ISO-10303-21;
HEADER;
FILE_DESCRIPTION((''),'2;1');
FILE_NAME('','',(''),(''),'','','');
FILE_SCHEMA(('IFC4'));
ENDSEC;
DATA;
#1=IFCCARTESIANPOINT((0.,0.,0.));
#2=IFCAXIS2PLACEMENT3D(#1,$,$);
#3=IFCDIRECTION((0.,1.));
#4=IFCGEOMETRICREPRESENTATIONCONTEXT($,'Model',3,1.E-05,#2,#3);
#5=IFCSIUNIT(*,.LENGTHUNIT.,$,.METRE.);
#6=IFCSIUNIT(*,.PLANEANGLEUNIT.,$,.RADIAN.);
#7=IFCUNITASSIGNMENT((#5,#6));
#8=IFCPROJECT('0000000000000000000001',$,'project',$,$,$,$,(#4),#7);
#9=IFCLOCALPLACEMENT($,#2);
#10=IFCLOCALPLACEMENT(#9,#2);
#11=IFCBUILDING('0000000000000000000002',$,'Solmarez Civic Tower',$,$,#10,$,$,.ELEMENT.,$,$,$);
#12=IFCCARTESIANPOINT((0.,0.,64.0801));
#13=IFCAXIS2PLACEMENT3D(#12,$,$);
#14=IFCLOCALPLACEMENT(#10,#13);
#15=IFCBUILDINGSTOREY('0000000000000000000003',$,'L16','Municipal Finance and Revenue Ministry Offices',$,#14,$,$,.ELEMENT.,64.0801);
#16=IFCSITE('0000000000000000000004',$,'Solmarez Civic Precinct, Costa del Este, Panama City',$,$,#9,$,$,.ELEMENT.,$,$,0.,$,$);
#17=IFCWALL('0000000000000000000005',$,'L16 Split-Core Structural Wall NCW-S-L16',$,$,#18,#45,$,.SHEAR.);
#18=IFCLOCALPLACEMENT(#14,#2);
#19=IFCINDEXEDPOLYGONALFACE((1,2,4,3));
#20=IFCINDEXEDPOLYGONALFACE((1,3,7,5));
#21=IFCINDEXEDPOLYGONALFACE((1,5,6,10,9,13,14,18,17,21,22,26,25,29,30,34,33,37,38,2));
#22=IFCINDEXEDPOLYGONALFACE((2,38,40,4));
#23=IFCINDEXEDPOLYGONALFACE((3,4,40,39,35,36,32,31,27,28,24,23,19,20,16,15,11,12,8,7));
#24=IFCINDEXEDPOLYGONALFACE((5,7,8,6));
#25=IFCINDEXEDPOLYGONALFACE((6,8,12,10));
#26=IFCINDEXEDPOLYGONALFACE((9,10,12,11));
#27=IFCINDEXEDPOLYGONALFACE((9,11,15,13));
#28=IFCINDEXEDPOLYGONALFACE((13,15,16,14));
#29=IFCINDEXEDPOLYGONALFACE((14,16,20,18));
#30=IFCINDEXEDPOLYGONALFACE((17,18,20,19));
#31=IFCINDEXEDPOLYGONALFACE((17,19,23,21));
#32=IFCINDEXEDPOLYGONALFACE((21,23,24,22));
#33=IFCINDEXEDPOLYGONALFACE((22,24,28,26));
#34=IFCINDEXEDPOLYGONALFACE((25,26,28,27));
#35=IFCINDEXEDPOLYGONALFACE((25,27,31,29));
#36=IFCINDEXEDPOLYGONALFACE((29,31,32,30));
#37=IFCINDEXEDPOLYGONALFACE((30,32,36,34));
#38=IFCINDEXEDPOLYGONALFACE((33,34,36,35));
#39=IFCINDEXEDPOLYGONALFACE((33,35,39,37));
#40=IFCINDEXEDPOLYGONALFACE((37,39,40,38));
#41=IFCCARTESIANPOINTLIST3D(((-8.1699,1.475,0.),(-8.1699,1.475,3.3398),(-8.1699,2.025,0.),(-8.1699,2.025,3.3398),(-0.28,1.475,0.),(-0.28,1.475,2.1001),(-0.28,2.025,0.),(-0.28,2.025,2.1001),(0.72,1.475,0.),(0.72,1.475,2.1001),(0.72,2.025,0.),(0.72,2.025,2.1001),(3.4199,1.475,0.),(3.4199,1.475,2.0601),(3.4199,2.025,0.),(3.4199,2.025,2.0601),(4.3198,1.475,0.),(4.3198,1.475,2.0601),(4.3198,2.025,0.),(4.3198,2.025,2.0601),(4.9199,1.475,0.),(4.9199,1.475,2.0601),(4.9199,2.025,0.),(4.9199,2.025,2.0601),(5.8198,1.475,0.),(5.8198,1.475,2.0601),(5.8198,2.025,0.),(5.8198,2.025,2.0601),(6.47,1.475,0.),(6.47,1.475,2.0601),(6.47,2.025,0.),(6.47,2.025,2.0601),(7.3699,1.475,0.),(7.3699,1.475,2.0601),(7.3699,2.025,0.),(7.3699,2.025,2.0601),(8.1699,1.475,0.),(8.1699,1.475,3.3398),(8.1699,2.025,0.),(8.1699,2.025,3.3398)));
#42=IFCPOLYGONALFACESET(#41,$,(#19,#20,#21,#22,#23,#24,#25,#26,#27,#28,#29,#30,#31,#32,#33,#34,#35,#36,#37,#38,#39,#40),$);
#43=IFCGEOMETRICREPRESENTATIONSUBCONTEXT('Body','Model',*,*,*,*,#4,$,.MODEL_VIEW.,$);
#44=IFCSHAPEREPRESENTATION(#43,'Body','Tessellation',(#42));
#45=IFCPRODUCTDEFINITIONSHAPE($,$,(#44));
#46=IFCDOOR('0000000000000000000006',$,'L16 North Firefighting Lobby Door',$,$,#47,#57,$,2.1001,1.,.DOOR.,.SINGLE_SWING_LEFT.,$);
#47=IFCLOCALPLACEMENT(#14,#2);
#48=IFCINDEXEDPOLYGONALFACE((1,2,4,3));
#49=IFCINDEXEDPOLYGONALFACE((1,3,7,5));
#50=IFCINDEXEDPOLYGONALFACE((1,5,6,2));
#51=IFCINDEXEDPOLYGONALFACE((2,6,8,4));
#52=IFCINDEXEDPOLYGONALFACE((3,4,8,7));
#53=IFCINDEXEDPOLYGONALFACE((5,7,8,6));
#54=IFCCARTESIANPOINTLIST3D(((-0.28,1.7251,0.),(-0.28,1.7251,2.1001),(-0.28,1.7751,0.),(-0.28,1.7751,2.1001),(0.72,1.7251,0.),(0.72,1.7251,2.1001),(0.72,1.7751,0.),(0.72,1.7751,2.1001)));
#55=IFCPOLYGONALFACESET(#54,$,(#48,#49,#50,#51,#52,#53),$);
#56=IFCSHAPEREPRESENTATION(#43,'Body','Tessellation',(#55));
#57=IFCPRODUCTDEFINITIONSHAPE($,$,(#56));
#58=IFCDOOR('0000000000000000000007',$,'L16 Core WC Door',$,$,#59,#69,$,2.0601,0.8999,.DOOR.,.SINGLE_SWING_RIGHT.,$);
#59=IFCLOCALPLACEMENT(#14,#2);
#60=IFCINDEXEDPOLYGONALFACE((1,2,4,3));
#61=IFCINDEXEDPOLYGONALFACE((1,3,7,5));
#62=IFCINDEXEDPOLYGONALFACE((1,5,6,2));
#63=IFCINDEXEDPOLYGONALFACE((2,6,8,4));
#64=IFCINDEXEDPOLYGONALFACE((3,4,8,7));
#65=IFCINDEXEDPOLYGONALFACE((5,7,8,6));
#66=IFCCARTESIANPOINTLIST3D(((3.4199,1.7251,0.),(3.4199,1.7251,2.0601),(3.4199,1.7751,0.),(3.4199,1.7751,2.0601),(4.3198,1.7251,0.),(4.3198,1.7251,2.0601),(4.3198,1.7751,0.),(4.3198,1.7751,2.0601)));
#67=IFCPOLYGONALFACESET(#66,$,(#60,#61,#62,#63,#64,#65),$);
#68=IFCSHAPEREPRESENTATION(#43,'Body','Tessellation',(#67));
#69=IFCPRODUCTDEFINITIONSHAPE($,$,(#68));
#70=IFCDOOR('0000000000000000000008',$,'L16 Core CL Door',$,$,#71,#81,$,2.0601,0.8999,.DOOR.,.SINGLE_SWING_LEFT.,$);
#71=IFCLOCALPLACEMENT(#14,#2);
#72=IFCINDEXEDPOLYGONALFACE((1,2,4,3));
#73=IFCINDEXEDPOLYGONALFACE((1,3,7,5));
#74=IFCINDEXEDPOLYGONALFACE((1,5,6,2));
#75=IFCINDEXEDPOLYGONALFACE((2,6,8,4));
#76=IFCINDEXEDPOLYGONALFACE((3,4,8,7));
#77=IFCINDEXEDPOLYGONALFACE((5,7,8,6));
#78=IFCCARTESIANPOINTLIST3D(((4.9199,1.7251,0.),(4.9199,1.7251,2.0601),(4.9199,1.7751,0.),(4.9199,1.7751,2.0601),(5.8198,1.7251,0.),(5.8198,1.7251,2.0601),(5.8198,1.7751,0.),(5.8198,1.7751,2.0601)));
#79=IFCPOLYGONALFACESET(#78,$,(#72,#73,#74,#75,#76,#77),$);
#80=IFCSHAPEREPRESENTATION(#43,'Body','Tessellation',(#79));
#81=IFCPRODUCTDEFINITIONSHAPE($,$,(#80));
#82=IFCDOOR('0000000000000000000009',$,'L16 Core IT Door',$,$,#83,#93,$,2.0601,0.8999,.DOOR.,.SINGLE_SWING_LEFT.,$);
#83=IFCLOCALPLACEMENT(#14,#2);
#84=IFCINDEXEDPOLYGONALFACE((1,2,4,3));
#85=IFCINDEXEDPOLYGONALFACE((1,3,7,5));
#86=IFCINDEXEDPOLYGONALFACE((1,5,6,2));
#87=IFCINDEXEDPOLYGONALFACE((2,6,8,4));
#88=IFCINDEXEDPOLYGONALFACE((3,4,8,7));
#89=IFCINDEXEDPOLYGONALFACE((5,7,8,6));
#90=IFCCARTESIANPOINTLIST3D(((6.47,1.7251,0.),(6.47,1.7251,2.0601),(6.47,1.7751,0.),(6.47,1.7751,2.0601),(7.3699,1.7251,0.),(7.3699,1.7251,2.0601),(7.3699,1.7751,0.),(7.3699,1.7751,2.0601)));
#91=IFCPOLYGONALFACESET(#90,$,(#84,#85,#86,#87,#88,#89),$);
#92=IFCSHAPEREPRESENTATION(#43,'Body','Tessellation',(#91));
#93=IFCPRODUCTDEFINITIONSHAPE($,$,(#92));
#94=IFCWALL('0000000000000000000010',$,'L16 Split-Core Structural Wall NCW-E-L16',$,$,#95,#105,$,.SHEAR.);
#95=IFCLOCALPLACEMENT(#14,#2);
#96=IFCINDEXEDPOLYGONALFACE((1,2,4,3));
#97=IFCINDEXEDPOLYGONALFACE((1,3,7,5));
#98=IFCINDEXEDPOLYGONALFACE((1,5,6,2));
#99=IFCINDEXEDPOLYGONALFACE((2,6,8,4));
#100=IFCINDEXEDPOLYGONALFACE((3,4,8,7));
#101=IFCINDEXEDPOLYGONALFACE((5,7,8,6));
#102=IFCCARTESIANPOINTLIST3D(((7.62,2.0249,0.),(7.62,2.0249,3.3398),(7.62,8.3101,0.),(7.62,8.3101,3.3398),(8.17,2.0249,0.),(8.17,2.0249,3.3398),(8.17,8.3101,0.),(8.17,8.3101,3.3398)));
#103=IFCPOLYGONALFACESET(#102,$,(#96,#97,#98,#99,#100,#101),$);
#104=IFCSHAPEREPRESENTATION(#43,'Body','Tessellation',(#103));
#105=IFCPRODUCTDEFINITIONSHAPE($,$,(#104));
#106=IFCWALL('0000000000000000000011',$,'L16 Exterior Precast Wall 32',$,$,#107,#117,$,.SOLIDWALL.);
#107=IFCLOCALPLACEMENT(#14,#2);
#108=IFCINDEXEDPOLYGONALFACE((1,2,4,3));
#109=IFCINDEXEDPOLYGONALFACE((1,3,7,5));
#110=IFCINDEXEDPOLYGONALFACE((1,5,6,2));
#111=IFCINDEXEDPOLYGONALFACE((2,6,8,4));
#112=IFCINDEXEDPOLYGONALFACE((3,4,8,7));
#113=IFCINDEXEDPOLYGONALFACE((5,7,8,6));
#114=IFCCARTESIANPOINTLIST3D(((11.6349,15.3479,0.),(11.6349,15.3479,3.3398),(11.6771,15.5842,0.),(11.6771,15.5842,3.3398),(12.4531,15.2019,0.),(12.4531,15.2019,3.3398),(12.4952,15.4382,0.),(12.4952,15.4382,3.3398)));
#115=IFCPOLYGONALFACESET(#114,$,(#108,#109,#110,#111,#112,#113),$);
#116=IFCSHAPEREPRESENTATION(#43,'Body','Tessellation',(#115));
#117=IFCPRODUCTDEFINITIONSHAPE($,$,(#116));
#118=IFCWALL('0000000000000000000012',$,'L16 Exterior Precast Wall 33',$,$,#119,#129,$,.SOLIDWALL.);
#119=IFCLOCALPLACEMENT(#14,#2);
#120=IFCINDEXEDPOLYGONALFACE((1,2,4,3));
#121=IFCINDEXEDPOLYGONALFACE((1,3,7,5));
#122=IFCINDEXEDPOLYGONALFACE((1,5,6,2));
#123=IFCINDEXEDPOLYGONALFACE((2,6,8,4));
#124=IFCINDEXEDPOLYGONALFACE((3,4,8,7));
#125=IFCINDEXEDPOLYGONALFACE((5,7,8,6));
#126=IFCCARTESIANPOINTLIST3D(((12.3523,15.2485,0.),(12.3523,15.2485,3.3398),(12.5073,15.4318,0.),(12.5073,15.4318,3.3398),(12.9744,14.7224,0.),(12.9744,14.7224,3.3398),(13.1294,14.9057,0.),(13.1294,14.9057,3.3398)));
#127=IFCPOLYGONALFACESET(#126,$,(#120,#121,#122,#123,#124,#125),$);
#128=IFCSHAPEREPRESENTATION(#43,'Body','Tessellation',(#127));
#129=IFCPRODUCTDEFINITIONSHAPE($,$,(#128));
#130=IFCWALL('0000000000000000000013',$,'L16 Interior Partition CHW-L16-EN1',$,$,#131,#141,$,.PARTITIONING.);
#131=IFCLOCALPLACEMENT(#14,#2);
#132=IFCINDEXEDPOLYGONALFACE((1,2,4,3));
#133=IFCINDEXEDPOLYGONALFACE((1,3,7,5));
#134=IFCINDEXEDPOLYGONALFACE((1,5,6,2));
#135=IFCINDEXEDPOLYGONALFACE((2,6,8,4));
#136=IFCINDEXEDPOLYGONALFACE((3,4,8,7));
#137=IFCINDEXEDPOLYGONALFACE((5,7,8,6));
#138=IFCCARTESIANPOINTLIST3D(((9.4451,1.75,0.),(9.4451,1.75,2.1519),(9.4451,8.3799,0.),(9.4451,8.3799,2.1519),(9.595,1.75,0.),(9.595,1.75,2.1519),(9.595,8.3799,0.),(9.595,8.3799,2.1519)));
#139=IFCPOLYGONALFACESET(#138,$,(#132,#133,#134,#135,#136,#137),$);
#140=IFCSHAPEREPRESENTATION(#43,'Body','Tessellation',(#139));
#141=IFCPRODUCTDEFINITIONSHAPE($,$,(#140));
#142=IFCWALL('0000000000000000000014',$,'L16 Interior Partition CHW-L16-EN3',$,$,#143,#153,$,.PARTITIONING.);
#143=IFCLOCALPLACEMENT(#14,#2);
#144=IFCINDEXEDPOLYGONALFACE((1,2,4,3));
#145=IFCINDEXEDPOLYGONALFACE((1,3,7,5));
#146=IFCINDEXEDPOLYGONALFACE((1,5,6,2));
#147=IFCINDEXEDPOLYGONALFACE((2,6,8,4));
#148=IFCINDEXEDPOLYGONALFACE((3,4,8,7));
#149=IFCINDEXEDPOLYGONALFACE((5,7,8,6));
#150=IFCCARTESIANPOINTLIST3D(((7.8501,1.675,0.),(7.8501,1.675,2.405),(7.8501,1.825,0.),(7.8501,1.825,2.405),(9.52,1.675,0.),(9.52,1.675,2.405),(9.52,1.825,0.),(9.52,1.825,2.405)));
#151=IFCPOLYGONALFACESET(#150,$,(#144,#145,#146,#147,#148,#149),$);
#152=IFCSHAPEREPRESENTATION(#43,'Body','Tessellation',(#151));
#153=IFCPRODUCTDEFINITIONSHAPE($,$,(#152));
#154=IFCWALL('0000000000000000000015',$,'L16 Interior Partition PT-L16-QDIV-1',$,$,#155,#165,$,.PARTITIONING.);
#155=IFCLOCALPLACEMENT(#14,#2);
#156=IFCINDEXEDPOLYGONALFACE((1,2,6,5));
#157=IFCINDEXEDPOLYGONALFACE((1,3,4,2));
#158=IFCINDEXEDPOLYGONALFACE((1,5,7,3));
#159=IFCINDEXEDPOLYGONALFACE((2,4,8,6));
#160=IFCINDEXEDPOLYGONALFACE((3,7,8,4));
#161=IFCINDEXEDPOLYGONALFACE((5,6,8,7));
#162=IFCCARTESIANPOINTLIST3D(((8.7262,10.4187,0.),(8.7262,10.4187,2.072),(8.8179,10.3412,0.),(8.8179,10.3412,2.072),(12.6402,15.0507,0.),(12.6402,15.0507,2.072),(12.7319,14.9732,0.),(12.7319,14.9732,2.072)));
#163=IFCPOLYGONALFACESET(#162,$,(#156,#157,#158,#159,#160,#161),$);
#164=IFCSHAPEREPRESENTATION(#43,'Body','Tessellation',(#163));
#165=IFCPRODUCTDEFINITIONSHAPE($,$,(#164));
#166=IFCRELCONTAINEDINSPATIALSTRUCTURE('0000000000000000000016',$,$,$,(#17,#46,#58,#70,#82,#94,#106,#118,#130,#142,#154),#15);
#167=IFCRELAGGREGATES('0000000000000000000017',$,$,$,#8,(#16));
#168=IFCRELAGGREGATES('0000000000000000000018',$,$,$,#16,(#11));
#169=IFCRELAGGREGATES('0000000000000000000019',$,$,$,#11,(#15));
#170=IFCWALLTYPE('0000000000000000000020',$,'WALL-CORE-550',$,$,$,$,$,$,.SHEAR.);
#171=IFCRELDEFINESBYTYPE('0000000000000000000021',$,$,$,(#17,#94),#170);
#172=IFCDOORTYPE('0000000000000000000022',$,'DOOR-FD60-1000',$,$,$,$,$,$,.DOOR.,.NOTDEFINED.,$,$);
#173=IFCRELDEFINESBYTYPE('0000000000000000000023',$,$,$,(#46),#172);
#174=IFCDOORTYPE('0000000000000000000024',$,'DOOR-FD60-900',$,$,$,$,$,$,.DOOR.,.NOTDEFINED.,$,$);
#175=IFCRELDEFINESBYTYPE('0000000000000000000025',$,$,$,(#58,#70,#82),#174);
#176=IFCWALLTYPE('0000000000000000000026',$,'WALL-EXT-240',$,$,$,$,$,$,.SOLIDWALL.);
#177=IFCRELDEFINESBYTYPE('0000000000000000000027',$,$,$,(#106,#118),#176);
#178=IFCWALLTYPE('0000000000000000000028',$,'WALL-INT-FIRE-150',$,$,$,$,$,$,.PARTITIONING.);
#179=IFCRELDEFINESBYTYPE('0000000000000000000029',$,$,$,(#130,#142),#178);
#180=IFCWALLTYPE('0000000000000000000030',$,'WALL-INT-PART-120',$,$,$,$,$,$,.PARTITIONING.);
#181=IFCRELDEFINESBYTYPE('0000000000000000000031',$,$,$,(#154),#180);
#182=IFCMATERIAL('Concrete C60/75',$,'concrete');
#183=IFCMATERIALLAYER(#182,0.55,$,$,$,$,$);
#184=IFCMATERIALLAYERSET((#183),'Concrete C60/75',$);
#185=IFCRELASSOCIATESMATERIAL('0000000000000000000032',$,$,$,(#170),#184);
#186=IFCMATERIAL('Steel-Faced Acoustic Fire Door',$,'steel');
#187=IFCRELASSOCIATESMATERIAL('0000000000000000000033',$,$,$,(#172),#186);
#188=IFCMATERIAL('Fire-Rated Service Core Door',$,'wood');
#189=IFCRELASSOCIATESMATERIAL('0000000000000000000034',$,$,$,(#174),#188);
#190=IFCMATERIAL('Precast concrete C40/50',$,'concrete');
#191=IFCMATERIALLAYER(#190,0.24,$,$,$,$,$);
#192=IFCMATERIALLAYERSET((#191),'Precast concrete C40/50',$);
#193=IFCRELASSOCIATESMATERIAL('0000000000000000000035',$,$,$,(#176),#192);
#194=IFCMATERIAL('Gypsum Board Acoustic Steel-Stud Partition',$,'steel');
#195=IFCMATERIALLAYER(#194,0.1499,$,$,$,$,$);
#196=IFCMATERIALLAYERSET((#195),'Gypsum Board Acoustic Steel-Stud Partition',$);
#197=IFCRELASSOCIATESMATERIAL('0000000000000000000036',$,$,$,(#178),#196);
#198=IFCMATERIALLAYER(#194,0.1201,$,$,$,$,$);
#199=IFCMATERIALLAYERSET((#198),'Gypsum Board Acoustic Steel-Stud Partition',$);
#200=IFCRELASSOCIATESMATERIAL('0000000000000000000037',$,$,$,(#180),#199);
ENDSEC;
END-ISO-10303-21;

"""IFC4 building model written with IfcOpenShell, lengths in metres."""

from ifc_helpers import new_model, si_unit, direction, frame, frame_2d, origin, place, context, subcontext, project, spatial, rectangle, extrude, material, layer, layer_set, type_object, element, fill, save


model = new_model("IFC4")

# Units and contexts
model_context = context("Model", 3, precision=1e-05, world=origin(), true_north=direction((0.0, 1.0)))
body_context = subcontext(model_context, "Body", "Model", "MODEL_VIEW")
ifc_project = project(units=[si_unit("LENGTHUNIT", "METRE"), si_unit("PLANEANGLEUNIT", "RADIAN")], contexts=[model_context])

# Site, building, storey
site_placement = place(None, origin())
site = spatial("IfcSite", under=ifc_project, at=site_placement, Name="Solmarez Civic Precinct, Costa del Este, Panama City", CompositionType="ELEMENT", RefElevation=0.0)
building_placement = place(site_placement, origin())
building = spatial("IfcBuilding", under=site, at=building_placement, Name="Solmarez Civic Tower", CompositionType="ELEMENT")
storey_placement = place(building_placement, frame((0.0, 0.0, 64.0801)))
storey = spatial("IfcBuildingStorey", under=building, at=storey_placement, Name="L16", Description="Municipal Finance and Revenue Ministry Offices", CompositionType="ELEMENT", Elevation=64.0801)

# Shared definitions
ifc_material_1 = material(Name="Concrete C60/75", Category="concrete")

# Wall, openings, doors
ifc_layer_1 = layer(ifc_material_1, 0.55)
ifc_layer_set_1 = layer_set([ifc_layer_1], Name="Concrete C60/75")
wall_type_1 = type_object("IfcWallType", Name="WALL-CORE-550", PredefinedType="SHEAR", material=ifc_layer_set_1)
wall_1_placement = place(storey_placement, frame((8.1699, 1.75, 0.0), z_axis=(0.0, 0.0, 1.0), x_axis=(-1.0, 0.0, 0.0)))
wall_1 = element("IfcWall", 1, at=wall_1_placement, inside=storey, type_object=wall_type_1, Name="L16 Split-Core Structural Wall NCW-S-L16", PredefinedType="SHEAR", context=body_context, shape_type="SweptSolid", body=[
    extrude(rectangle(XDim=16.3398, YDim=0.55, at=frame_2d((8.1699, 0.0))), origin(), (0.0, 0.0, 1.0), 3.3398),
])
opening_1_placement = place(wall_1_placement, frame((7.45, 0.0, 0.0)))
opening_1 = element("IfcOpeningElement", 2, at=opening_1_placement, cuts=wall_1, PredefinedType="OPENING", context=body_context, shape_type="SweptSolid", body=[
    extrude(rectangle(XDim=1.0, YDim=2.1001, at=frame_2d((0.5, 1.05))), frame((0.0, 0.2849, 0.0), z_axis=(0.0, -1.0, 0.0), x_axis=(1.0, 0.0, 0.0)), (0.0, 0.0, 1.0), 0.5701),
])
opening_2_placement = place(wall_1_placement, frame((3.8501, 0.0, 0.0)))
opening_2 = element("IfcOpeningElement", 3, at=opening_2_placement, cuts=wall_1, PredefinedType="OPENING", context=body_context, shape_type="SweptSolid", body=[
    extrude(rectangle(XDim=0.8999, YDim=2.0601, at=frame_2d((0.45, 1.03))), frame((0.0, 0.2849, 0.0), z_axis=(0.0, -1.0, 0.0), x_axis=(1.0, 0.0, 0.0)), (0.0, 0.0, 1.0), 0.5701),
])
opening_3_placement = place(wall_1_placement, frame((2.3501, 0.0, 0.0)))
opening_3 = element("IfcOpeningElement", 4, at=opening_3_placement, cuts=wall_1, PredefinedType="OPENING", context=body_context, shape_type="SweptSolid", body=[
    extrude(rectangle(XDim=0.8999, YDim=2.0601, at=frame_2d((0.45, 1.03))), frame((0.0, 0.2849, 0.0), z_axis=(0.0, -1.0, 0.0), x_axis=(1.0, 0.0, 0.0)), (0.0, 0.0, 1.0), 0.5701),
])
opening_4_placement = place(wall_1_placement, frame((0.8, 0.0, 0.0)))
opening_4 = element("IfcOpeningElement", 5, at=opening_4_placement, cuts=wall_1, PredefinedType="OPENING", context=body_context, shape_type="SweptSolid", body=[
    extrude(rectangle(XDim=0.8999, YDim=2.0601, at=frame_2d((0.45, 1.03))), frame((0.0, 0.2849, 0.0), z_axis=(0.0, -1.0, 0.0), x_axis=(1.0, 0.0, 0.0)), (0.0, 0.0, 1.0), 0.5701),
])
ifc_material_2 = material(Name="Steel-Faced Acoustic Fire Door", Category="steel")
door_type_1 = type_object("IfcDoorType", Name="DOOR-FD60-1000", OperationType="NOTDEFINED", PredefinedType="DOOR", material=ifc_material_2)
door_1_placement = place(opening_1_placement, origin())
door_1 = element("IfcDoor", 6, at=door_1_placement, inside=storey, type_object=door_type_1, Name="L16 North Firefighting Lobby Door", OperationType="SINGLE_SWING_LEFT", OverallHeight=2.1001, OverallWidth=1.0, PredefinedType="DOOR", context=body_context, shape_type="SweptSolid", body=[
    extrude(rectangle(XDim=1.0, YDim=2.1001, at=frame_2d((0.5, 1.05))), frame((0.0, 0.0249, 0.0), z_axis=(0.0, -1.0, 0.0), x_axis=(1.0, 0.0, 0.0)), (0.0, 0.0, 1.0), 0.05),
])
fill(opening_1, door_1)
ifc_material_3 = material(Name="Fire-Rated Service Core Door", Category="wood")
door_type_2 = type_object("IfcDoorType", Name="DOOR-FD60-900", OperationType="NOTDEFINED", PredefinedType="DOOR", material=ifc_material_3)
door_2_placement = place(opening_2_placement, origin())
door_2 = element("IfcDoor", 7, at=door_2_placement, inside=storey, type_object=door_type_2, Name="L16 Core WC Door", OperationType="SINGLE_SWING_RIGHT", OverallHeight=2.0601, OverallWidth=0.8999, PredefinedType="DOOR", context=body_context, shape_type="SweptSolid", body=[
    extrude(rectangle(XDim=0.8999, YDim=2.0601, at=frame_2d((0.45, 1.03))), frame((0.0, 0.0249, 0.0), z_axis=(0.0, -1.0, 0.0), x_axis=(1.0, 0.0, 0.0)), (0.0, 0.0, 1.0), 0.05),
])
fill(opening_2, door_2)
door_3_placement = place(opening_3_placement, origin())
door_3 = element("IfcDoor", 8, at=door_3_placement, inside=storey, type_object=door_type_2, Name="L16 Core CL Door", OperationType="SINGLE_SWING_LEFT", OverallHeight=2.0601, OverallWidth=0.8999, PredefinedType="DOOR", context=body_context, shape_type="SweptSolid", body=[
    extrude(rectangle(XDim=0.8999, YDim=2.0601, at=frame_2d((0.45, 1.03))), frame((0.0, 0.0249, 0.0), z_axis=(0.0, -1.0, 0.0), x_axis=(1.0, 0.0, 0.0)), (0.0, 0.0, 1.0), 0.05),
])
fill(opening_3, door_3)
door_4_placement = place(opening_4_placement, origin())
door_4 = element("IfcDoor", 9, at=door_4_placement, inside=storey, type_object=door_type_2, Name="L16 Core IT Door", OperationType="SINGLE_SWING_LEFT", OverallHeight=2.0601, OverallWidth=0.8999, PredefinedType="DOOR", context=body_context, shape_type="SweptSolid", body=[
    extrude(rectangle(XDim=0.8999, YDim=2.0601, at=frame_2d((0.45, 1.03))), frame((0.0, 0.0249, 0.0), z_axis=(0.0, -1.0, 0.0), x_axis=(1.0, 0.0, 0.0)), (0.0, 0.0, 1.0), 0.05),
])
fill(opening_4, door_4)

# Walls
wall_2_placement = place(storey_placement, frame((7.895, 8.3101, 0.0), z_axis=(0.0, 0.0, 1.0), x_axis=(0.0, -1.0, 0.0)))
element("IfcWall", 10, at=wall_2_placement, inside=storey, type_object=wall_type_1, Name="L16 Split-Core Structural Wall NCW-E-L16", PredefinedType="SHEAR", context=body_context, shape_type="SweptSolid", body=[
    extrude(rectangle(XDim=6.2852, YDim=0.55, at=frame_2d((3.1426, 0.0))), origin(), (0.0, 0.0, 1.0), 3.3398),
])
ifc_material_4 = material(Name="Precast concrete C40/50", Category="concrete")
ifc_layer_2 = layer(ifc_material_4, 0.24)
ifc_layer_set_2 = layer_set([ifc_layer_2], Name="Precast concrete C40/50")
wall_type_2 = type_object("IfcWallType", Name="WALL-EXT-240", PredefinedType="SOLIDWALL", material=ifc_layer_set_2)
wall_3_placement = place(storey_placement, frame((11.656, 15.4661, 0.0), z_axis=(0.0, 0.0, 1.0), x_axis=(0.984448, -0.175679, 0.0)))
element("IfcWall", 11, at=wall_3_placement, inside=storey, type_object=wall_type_2, Name="L16 Exterior Precast Wall 32", PredefinedType="SOLIDWALL", context=body_context, shape_type="SweptSolid", body=[
    extrude(rectangle(XDim=0.8311, YDim=0.24, at=frame_2d((0.4155, 0.0))), origin(), (0.0, 0.0, 1.0), 3.3398),
])
wall_4_placement = place(storey_placement, frame((12.4299, 15.3401, 0.0), z_axis=(0.0, 0.0, 1.0), x_axis=(0.763534, -0.645768, 0.0)))
element("IfcWall", 12, at=wall_4_placement, inside=storey, type_object=wall_type_2, Name="L16 Exterior Precast Wall 33", PredefinedType="SOLIDWALL", context=body_context, shape_type="SweptSolid", body=[
    extrude(rectangle(XDim=0.8147, YDim=0.24, at=frame_2d((0.4072, 0.0))), origin(), (0.0, 0.0, 1.0), 3.3398),
])
ifc_material_5 = material(Name="Gypsum Board Acoustic Steel-Stud Partition", Category="steel")
ifc_layer_3 = layer(ifc_material_5, 0.1499)
ifc_layer_set_3 = layer_set([ifc_layer_3], Name="Gypsum Board Acoustic Steel-Stud Partition")
wall_type_3 = type_object("IfcWallType", Name="WALL-INT-FIRE-150", PredefinedType="PARTITIONING", material=ifc_layer_set_3)
wall_5_placement = place(storey_placement, frame((9.52, 1.75, 0.0), z_axis=(0.0, 0.0, 1.0), x_axis=(0.0, 1.0, 0.0)))
element("IfcWall", 13, at=wall_5_placement, inside=storey, type_object=wall_type_3, Name="L16 Interior Partition CHW-L16-EN1", PredefinedType="PARTITIONING", context=body_context, shape_type="SweptSolid", body=[
    extrude(rectangle(XDim=6.6299, YDim=0.1499, at=frame_2d((3.3149, 0.0))), origin(), (0.0, 0.0, 1.0), 2.1519),
])
wall_6_placement = place(storey_placement, frame((7.8501, 1.75, 0.0), z_axis=(0.0, 0.0, 1.0), x_axis=(1.0, 0.0, 0.0)))
element("IfcWall", 14, at=wall_6_placement, inside=storey, type_object=wall_type_3, Name="L16 Interior Partition CHW-L16-EN3", PredefinedType="PARTITIONING", context=body_context, shape_type="SweptSolid", body=[
    extrude(rectangle(XDim=1.6699, YDim=0.1499, at=frame_2d((0.835, 0.0))), origin(), (0.0, 0.0, 1.0), 2.405),
])
ifc_layer_4 = layer(ifc_material_5, 0.1201)
ifc_layer_set_4 = layer_set([ifc_layer_4], Name="Gypsum Board Acoustic Steel-Stud Partition")
wall_type_4 = type_object("IfcWallType", Name="WALL-INT-PART-120", PredefinedType="PARTITIONING", material=ifc_layer_set_4)
wall_7_placement = place(storey_placement, frame((8.772, 10.3799, 0.0), z_axis=(0.0, 0.0, 1.0), x_axis=(0.645424, 0.763824, 0.0)))
element("IfcWall", 15, at=wall_7_placement, inside=storey, type_object=wall_type_4, Name="L16 Interior Partition PT-L16-QDIV-1", PredefinedType="PARTITIONING", context=body_context, shape_type="SweptSolid", body=[
    extrude(rectangle(XDim=6.0642, YDim=0.1201, at=frame_2d((3.0322, 0.0))), origin(), (0.0, 0.0, 1.0), 2.072),
])

save(model, "model.ifc")
